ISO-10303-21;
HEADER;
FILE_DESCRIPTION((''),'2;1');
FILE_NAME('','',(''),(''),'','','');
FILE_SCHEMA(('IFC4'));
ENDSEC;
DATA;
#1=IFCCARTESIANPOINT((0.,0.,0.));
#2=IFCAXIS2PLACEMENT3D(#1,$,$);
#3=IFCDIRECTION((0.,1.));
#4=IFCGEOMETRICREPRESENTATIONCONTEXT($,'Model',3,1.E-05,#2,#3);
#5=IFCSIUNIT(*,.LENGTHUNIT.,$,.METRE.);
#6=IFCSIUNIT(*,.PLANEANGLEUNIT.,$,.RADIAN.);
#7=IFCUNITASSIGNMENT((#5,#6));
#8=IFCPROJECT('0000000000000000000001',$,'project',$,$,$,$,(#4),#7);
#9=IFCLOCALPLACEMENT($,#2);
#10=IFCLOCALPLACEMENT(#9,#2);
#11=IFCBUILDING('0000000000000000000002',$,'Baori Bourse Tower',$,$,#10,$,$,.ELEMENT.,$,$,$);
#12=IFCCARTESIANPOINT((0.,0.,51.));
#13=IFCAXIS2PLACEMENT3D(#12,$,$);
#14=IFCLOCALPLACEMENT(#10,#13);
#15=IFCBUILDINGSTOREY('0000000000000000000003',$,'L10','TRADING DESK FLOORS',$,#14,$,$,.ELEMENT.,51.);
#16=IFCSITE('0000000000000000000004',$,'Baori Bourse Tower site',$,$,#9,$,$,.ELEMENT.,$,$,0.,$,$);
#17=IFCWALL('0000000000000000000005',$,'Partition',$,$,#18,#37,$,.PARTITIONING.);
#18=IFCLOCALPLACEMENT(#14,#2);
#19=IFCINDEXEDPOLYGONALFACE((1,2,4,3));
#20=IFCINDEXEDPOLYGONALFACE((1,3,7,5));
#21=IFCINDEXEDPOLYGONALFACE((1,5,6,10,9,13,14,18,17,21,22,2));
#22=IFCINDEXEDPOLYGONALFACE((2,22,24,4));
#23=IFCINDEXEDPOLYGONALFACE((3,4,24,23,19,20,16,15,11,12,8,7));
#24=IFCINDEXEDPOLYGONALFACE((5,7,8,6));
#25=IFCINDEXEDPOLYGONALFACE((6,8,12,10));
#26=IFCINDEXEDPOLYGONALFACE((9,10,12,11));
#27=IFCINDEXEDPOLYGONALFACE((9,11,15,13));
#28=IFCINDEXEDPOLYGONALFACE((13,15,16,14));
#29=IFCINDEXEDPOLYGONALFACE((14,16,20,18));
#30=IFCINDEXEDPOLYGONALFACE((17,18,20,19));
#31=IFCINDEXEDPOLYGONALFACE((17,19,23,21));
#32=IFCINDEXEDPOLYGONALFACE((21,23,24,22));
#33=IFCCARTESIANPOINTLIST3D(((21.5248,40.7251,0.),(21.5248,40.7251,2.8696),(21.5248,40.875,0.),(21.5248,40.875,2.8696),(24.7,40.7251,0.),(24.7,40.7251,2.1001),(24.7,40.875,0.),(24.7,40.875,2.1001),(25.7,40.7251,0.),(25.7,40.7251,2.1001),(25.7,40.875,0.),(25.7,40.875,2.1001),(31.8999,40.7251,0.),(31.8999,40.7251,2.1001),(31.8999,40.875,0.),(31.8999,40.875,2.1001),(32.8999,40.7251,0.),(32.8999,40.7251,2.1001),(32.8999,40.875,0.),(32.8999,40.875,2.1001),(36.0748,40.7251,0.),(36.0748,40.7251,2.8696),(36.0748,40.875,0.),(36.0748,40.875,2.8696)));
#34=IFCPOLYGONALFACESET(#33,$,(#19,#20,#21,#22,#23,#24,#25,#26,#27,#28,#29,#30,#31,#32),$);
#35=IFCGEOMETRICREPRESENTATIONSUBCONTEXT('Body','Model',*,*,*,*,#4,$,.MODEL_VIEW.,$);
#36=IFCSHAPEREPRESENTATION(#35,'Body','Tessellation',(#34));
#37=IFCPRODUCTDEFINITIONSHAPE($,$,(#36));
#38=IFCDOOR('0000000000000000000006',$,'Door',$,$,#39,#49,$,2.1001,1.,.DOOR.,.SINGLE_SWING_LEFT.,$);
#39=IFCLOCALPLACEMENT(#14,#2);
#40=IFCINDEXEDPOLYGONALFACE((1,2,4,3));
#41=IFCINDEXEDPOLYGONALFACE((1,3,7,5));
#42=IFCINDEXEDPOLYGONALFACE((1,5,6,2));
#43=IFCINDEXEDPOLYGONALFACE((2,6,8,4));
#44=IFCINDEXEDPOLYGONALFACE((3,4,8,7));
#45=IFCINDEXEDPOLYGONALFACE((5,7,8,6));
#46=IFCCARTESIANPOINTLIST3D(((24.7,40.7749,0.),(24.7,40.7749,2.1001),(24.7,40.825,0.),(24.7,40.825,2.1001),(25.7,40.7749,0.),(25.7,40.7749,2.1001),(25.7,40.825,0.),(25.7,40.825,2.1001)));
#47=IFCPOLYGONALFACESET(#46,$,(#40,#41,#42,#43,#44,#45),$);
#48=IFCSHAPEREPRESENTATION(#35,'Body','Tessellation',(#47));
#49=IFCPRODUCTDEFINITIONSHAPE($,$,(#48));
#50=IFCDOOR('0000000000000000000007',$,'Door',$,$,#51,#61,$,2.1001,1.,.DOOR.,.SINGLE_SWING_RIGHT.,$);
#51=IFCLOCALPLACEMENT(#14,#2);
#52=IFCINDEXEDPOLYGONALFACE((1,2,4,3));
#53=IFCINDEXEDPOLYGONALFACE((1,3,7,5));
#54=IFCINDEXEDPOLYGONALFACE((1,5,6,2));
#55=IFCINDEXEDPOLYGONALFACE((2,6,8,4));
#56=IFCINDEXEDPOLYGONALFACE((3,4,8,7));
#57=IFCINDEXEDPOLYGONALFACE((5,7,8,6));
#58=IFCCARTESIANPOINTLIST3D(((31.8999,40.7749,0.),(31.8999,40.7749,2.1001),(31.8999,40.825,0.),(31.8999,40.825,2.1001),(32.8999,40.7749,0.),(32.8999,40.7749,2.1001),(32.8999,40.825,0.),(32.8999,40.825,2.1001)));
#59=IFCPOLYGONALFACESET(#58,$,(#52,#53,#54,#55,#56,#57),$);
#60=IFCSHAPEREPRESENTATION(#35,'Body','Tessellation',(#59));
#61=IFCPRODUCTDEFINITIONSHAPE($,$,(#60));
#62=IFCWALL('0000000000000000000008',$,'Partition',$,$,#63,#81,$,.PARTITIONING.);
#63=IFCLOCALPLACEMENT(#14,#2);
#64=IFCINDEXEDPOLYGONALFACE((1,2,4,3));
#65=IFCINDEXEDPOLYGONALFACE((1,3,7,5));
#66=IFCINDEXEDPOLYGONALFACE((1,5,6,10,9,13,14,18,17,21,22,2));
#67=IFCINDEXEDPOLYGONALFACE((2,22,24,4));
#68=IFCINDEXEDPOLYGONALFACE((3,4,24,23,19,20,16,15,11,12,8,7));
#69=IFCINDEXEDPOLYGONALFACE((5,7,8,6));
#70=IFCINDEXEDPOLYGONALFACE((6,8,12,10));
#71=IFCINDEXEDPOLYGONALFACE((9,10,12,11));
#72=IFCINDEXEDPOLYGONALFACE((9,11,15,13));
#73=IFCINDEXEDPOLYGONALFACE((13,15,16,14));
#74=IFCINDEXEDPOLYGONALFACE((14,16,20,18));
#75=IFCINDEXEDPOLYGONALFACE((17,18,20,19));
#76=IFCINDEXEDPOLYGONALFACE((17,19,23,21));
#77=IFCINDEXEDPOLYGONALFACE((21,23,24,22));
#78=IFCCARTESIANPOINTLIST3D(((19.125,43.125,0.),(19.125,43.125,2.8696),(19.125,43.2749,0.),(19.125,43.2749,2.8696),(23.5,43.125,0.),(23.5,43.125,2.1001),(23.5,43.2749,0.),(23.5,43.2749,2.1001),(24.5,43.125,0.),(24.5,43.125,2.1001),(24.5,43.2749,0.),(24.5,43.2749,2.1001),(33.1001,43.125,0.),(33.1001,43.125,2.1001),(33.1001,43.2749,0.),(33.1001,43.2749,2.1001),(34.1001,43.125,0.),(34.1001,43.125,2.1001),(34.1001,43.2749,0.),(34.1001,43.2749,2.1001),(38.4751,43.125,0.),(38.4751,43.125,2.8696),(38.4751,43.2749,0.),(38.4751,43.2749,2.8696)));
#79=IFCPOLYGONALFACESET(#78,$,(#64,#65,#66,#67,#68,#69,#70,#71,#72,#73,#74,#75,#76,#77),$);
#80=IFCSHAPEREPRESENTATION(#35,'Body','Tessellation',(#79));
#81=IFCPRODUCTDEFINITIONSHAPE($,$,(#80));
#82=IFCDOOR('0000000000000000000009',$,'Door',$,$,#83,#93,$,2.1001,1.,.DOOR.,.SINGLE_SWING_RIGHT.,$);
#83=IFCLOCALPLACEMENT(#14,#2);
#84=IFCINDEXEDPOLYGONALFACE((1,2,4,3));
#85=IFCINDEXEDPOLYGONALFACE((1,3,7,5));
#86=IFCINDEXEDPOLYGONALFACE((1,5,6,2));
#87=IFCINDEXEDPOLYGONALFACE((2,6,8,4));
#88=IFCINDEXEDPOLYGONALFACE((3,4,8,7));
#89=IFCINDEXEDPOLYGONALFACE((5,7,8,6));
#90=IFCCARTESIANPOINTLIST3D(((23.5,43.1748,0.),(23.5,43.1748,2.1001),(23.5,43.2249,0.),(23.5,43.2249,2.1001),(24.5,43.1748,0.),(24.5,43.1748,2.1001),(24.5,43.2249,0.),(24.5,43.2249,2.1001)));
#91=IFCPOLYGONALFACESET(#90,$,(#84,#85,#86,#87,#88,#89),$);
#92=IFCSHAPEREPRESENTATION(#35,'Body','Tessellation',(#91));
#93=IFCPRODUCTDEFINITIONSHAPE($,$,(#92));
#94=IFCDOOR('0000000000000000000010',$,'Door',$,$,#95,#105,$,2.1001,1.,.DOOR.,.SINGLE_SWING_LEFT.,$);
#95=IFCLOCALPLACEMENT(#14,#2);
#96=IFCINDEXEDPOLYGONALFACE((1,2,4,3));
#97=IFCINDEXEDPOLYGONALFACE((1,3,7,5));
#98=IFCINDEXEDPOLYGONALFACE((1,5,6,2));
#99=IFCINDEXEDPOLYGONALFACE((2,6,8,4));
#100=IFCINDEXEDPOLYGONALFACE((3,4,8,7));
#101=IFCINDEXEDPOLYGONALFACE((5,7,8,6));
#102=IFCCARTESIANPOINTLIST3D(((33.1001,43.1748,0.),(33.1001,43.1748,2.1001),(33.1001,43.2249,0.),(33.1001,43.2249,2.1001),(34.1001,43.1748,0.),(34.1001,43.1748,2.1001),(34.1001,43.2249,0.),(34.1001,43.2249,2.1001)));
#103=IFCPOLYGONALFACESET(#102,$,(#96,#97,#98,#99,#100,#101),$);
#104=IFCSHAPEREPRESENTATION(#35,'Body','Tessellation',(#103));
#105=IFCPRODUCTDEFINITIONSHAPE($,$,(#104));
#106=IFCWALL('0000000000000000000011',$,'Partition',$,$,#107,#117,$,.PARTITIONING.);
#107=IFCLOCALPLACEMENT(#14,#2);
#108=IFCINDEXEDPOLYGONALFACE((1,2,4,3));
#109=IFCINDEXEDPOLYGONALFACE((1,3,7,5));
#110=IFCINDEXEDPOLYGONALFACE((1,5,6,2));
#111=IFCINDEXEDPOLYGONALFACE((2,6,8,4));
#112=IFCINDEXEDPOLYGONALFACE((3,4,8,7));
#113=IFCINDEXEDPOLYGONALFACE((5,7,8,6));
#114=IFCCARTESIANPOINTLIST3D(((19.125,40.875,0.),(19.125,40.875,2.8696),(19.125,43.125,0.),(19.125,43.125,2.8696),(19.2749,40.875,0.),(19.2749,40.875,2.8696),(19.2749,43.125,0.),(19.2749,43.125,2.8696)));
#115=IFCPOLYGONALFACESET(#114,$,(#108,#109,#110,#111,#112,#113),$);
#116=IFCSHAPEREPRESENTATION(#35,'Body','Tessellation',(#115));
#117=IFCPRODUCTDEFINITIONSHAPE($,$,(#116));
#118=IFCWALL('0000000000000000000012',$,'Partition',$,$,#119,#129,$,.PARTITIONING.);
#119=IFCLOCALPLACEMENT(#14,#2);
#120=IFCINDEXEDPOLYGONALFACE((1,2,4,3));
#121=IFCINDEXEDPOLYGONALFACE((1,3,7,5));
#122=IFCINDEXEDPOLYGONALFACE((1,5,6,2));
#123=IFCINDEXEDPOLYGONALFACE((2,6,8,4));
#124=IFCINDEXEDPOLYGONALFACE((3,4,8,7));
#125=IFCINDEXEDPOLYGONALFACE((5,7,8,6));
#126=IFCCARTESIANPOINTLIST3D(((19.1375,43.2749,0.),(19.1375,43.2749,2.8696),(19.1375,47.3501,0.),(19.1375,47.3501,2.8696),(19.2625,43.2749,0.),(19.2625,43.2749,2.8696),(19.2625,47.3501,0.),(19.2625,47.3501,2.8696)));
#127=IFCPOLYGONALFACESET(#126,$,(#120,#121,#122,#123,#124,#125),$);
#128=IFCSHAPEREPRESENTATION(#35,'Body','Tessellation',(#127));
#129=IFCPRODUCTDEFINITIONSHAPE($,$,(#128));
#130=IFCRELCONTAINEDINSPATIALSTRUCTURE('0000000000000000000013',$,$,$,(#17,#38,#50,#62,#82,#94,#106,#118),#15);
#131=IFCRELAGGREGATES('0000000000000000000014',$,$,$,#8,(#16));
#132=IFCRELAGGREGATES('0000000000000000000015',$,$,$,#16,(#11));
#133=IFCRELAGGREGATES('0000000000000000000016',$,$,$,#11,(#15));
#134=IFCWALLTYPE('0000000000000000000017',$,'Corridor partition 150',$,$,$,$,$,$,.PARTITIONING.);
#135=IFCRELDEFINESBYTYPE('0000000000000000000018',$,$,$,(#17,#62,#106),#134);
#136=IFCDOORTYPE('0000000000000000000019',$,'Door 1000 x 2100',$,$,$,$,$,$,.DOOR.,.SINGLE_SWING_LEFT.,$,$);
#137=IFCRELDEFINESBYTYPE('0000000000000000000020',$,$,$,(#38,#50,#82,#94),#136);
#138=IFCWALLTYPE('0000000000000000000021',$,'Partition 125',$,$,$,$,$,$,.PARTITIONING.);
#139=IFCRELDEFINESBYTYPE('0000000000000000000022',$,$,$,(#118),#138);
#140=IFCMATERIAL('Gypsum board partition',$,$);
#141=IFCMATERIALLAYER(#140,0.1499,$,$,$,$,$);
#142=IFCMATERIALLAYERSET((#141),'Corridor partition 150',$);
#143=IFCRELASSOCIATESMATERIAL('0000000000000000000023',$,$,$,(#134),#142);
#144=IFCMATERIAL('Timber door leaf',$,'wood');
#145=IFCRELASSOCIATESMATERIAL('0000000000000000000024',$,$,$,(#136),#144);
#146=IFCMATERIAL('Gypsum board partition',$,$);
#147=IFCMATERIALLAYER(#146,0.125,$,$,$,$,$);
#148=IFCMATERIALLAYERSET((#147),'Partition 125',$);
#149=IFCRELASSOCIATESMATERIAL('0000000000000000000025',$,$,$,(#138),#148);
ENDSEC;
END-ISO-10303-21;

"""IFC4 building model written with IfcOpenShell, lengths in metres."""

from ifc_helpers import new_model, si_unit, direction, frame, frame_2d, origin, place, context, subcontext, project, spatial, rectangle, extrude, material, layer, layer_set, type_object, element, fill, save


model = new_model("IFC4")

# Units and contexts
model_context = context("Model", 3, precision=1e-05, world=origin(), true_north=direction((0.0, 1.0)))
body_context = subcontext(model_context, "Body", "Model", "MODEL_VIEW")
ifc_project = project(units=[si_unit("LENGTHUNIT", "METRE"), si_unit("PLANEANGLEUNIT", "RADIAN")], contexts=[model_context])

# Site, building, storey
site_placement = place(None, origin())
site = spatial("IfcSite", under=ifc_project, at=site_placement, Name="Baori Bourse Tower site", CompositionType="ELEMENT", RefElevation=0.0)
building_placement = place(site_placement, origin())
building = spatial("IfcBuilding", under=site, at=building_placement, Name="Baori Bourse Tower", CompositionType="ELEMENT")
storey_placement = place(building_placement, frame((0.0, 0.0, 51.0)))
storey = spatial("IfcBuildingStorey", under=building, at=storey_placement, Name="L10", Description="TRADING DESK FLOORS", CompositionType="ELEMENT", Elevation=51.0)

# Walls, openings, doors
ifc_material_1 = material(Name="Gypsum board partition")
ifc_layer_1 = layer(ifc_material_1, 0.1499)
ifc_layer_set_1 = layer_set([ifc_layer_1], Name="Corridor partition 150")
wall_type_1 = type_object("IfcWallType", Name="Corridor partition 150", PredefinedType="PARTITIONING", material=ifc_layer_set_1)
wall_1_placement = place(storey_placement, frame((21.5249, 40.8, 0.0), z_axis=(0.0, 0.0, 1.0), x_axis=(1.0, 0.0, 0.0)))
wall_1 = element("IfcWall", 1, at=wall_1_placement, inside=storey, type_object=wall_type_1, Name="Partition", PredefinedType="PARTITIONING", context=body_context, shape_type="SweptSolid", body=[
    extrude(rectangle(XDim=14.55, YDim=0.1499, at=frame_2d((7.2749, 0.0))), origin(), (0.0, 0.0, 1.0), 2.8696),
])
opening_1_placement = place(wall_1_placement, frame((3.175, 0.0, 0.0)))
opening_1 = element("IfcOpeningElement", 2, at=opening_1_placement, cuts=wall_1, PredefinedType="OPENING", context=body_context, shape_type="SweptSolid", body=[
    extrude(rectangle(XDim=1.0, YDim=2.1001, at=frame_2d((0.5, 1.05))), frame((0.0, 0.085, 0.0), z_axis=(0.0, -1.0, 0.0), x_axis=(1.0, 0.0, 0.0)), (0.0, 0.0, 1.0), 0.1699),
])
opening_2_placement = place(wall_1_placement, frame((10.375, 0.0, 0.0)))
opening_2 = element("IfcOpeningElement", 3, at=opening_2_placement, cuts=wall_1, PredefinedType="OPENING", context=body_context, shape_type="SweptSolid", body=[
    extrude(rectangle(XDim=1.0, YDim=2.1001, at=frame_2d((0.5, 1.05))), frame((0.0, 0.085, 0.0), z_axis=(0.0, -1.0, 0.0), x_axis=(1.0, 0.0, 0.0)), (0.0, 0.0, 1.0), 0.1699),
])
ifc_material_2 = material(Name="Timber door leaf", Category="wood")
door_type_1 = type_object("IfcDoorType", Name="Door 1000 x 2100", OperationType="SINGLE_SWING_LEFT", PredefinedType="DOOR", material=ifc_material_2)
door_1_placement = place(opening_1_placement, origin())
door_1 = element("IfcDoor", 4, at=door_1_placement, inside=storey, type_object=door_type_1, Name="Door", OperationType="SINGLE_SWING_LEFT", OverallHeight=2.1001, OverallWidth=1.0, PredefinedType="DOOR", context=body_context, shape_type="SweptSolid", body=[
    extrude(rectangle(XDim=1.0, YDim=2.1001, at=frame_2d((0.5, 1.05))), frame((0.0, 0.0249, 0.0), z_axis=(0.0, -1.0, 0.0), x_axis=(1.0, 0.0, 0.0)), (0.0, 0.0, 1.0), 0.05),
])
fill(opening_1, door_1)
door_2_placement = place(opening_2_placement, origin())
door_2 = element("IfcDoor", 5, at=door_2_placement, inside=storey, type_object=door_type_1, Name="Door", OperationType="SINGLE_SWING_RIGHT", OverallHeight=2.1001, OverallWidth=1.0, PredefinedType="DOOR", context=body_context, shape_type="SweptSolid", body=[
    extrude(rectangle(XDim=1.0, YDim=2.1001, at=frame_2d((0.5, 1.05))), frame((0.0, 0.0249, 0.0), z_axis=(0.0, -1.0, 0.0), x_axis=(1.0, 0.0, 0.0)), (0.0, 0.0, 1.0), 0.05),
])
fill(opening_2, door_2)
wall_2_placement = place(storey_placement, frame((19.125, 43.2, 0.0), z_axis=(0.0, 0.0, 1.0), x_axis=(1.0, 0.0, 0.0)))
wall_2 = element("IfcWall", 6, at=wall_2_placement, inside=storey, type_object=wall_type_1, Name="Partition", PredefinedType="PARTITIONING", context=body_context, shape_type="SweptSolid", body=[
    extrude(rectangle(XDim=19.3501, YDim=0.1499, at=frame_2d((9.675, 0.0))), origin(), (0.0, 0.0, 1.0), 2.8696),
])
opening_3_placement = place(wall_2_placement, frame((4.375, 0.0, 0.0)))
opening_3 = element("IfcOpeningElement", 7, at=opening_3_placement, cuts=wall_2, PredefinedType="OPENING", context=body_context, shape_type="SweptSolid", body=[
    extrude(rectangle(XDim=1.0, YDim=2.1001, at=frame_2d((0.5, 1.05))), frame((0.0, 0.085, 0.0), z_axis=(0.0, -1.0, 0.0), x_axis=(1.0, 0.0, 0.0)), (0.0, 0.0, 1.0), 0.1699),
])
opening_4_placement = place(wall_2_placement, frame((13.9751, 0.0, 0.0)))
opening_4 = element("IfcOpeningElement", 8, at=opening_4_placement, cuts=wall_2, PredefinedType="OPENING", context=body_context, shape_type="SweptSolid", body=[
    extrude(rectangle(XDim=1.0, YDim=2.1001, at=frame_2d((0.5, 1.05))), frame((0.0, 0.085, 0.0), z_axis=(0.0, -1.0, 0.0), x_axis=(1.0, 0.0, 0.0)), (0.0, 0.0, 1.0), 0.1699),
])
door_3_placement = place(opening_3_placement, origin())
door_3 = element("IfcDoor", 9, at=door_3_placement, inside=storey, type_object=door_type_1, Name="Door", OperationType="SINGLE_SWING_RIGHT", OverallHeight=2.1001, OverallWidth=1.0, PredefinedType="DOOR", context=body_context, shape_type="SweptSolid", body=[
    extrude(rectangle(XDim=1.0, YDim=2.1001, at=frame_2d((0.5, 1.05))), frame((0.0, 0.0249, 0.0), z_axis=(0.0, -1.0, 0.0), x_axis=(1.0, 0.0, 0.0)), (0.0, 0.0, 1.0), 0.05),
])
fill(opening_3, door_3)
door_4_placement = place(opening_4_placement, origin())
door_4 = element("IfcDoor", 10, at=door_4_placement, inside=storey, type_object=door_type_1, Name="Door", OperationType="SINGLE_SWING_LEFT", OverallHeight=2.1001, OverallWidth=1.0, PredefinedType="DOOR", context=body_context, shape_type="SweptSolid", body=[
    extrude(rectangle(XDim=1.0, YDim=2.1001, at=frame_2d((0.5, 1.05))), frame((0.0, 0.0249, 0.0), z_axis=(0.0, -1.0, 0.0), x_axis=(1.0, 0.0, 0.0)), (0.0, 0.0, 1.0), 0.05),
])
fill(opening_4, door_4)

# Walls
wall_3_placement = place(storey_placement, frame((19.2, 40.875, 0.0), z_axis=(0.0, 0.0, 1.0), x_axis=(0.0, 1.0, 0.0)))
element("IfcWall", 11, at=wall_3_placement, inside=storey, type_object=wall_type_1, Name="Partition", PredefinedType="PARTITIONING", context=body_context, shape_type="SweptSolid", body=[
    extrude(rectangle(XDim=2.25, YDim=0.1499, at=frame_2d((1.125, 0.0))), origin(), (0.0, 0.0, 1.0), 2.8696),
])
ifc_material_3 = material(Name="Gypsum board partition")
ifc_layer_2 = layer(ifc_material_3, 0.125)
ifc_layer_set_2 = layer_set([ifc_layer_2], Name="Partition 125")
wall_type_2 = type_object("IfcWallType", Name="Partition 125", PredefinedType="PARTITIONING", material=ifc_layer_set_2)
wall_4_placement = place(storey_placement, frame((19.2, 43.2749, 0.0), z_axis=(0.0, 0.0, 1.0), x_axis=(0.0, 1.0, 0.0)))
element("IfcWall", 12, at=wall_4_placement, inside=storey, type_object=wall_type_2, Name="Partition", PredefinedType="PARTITIONING", context=body_context, shape_type="SweptSolid", body=[
    extrude(rectangle(XDim=4.0752, YDim=0.125, at=frame_2d((2.0376, 0.0))), origin(), (0.0, 0.0, 1.0), 2.8696),
])

save(model, "model.ifc")
